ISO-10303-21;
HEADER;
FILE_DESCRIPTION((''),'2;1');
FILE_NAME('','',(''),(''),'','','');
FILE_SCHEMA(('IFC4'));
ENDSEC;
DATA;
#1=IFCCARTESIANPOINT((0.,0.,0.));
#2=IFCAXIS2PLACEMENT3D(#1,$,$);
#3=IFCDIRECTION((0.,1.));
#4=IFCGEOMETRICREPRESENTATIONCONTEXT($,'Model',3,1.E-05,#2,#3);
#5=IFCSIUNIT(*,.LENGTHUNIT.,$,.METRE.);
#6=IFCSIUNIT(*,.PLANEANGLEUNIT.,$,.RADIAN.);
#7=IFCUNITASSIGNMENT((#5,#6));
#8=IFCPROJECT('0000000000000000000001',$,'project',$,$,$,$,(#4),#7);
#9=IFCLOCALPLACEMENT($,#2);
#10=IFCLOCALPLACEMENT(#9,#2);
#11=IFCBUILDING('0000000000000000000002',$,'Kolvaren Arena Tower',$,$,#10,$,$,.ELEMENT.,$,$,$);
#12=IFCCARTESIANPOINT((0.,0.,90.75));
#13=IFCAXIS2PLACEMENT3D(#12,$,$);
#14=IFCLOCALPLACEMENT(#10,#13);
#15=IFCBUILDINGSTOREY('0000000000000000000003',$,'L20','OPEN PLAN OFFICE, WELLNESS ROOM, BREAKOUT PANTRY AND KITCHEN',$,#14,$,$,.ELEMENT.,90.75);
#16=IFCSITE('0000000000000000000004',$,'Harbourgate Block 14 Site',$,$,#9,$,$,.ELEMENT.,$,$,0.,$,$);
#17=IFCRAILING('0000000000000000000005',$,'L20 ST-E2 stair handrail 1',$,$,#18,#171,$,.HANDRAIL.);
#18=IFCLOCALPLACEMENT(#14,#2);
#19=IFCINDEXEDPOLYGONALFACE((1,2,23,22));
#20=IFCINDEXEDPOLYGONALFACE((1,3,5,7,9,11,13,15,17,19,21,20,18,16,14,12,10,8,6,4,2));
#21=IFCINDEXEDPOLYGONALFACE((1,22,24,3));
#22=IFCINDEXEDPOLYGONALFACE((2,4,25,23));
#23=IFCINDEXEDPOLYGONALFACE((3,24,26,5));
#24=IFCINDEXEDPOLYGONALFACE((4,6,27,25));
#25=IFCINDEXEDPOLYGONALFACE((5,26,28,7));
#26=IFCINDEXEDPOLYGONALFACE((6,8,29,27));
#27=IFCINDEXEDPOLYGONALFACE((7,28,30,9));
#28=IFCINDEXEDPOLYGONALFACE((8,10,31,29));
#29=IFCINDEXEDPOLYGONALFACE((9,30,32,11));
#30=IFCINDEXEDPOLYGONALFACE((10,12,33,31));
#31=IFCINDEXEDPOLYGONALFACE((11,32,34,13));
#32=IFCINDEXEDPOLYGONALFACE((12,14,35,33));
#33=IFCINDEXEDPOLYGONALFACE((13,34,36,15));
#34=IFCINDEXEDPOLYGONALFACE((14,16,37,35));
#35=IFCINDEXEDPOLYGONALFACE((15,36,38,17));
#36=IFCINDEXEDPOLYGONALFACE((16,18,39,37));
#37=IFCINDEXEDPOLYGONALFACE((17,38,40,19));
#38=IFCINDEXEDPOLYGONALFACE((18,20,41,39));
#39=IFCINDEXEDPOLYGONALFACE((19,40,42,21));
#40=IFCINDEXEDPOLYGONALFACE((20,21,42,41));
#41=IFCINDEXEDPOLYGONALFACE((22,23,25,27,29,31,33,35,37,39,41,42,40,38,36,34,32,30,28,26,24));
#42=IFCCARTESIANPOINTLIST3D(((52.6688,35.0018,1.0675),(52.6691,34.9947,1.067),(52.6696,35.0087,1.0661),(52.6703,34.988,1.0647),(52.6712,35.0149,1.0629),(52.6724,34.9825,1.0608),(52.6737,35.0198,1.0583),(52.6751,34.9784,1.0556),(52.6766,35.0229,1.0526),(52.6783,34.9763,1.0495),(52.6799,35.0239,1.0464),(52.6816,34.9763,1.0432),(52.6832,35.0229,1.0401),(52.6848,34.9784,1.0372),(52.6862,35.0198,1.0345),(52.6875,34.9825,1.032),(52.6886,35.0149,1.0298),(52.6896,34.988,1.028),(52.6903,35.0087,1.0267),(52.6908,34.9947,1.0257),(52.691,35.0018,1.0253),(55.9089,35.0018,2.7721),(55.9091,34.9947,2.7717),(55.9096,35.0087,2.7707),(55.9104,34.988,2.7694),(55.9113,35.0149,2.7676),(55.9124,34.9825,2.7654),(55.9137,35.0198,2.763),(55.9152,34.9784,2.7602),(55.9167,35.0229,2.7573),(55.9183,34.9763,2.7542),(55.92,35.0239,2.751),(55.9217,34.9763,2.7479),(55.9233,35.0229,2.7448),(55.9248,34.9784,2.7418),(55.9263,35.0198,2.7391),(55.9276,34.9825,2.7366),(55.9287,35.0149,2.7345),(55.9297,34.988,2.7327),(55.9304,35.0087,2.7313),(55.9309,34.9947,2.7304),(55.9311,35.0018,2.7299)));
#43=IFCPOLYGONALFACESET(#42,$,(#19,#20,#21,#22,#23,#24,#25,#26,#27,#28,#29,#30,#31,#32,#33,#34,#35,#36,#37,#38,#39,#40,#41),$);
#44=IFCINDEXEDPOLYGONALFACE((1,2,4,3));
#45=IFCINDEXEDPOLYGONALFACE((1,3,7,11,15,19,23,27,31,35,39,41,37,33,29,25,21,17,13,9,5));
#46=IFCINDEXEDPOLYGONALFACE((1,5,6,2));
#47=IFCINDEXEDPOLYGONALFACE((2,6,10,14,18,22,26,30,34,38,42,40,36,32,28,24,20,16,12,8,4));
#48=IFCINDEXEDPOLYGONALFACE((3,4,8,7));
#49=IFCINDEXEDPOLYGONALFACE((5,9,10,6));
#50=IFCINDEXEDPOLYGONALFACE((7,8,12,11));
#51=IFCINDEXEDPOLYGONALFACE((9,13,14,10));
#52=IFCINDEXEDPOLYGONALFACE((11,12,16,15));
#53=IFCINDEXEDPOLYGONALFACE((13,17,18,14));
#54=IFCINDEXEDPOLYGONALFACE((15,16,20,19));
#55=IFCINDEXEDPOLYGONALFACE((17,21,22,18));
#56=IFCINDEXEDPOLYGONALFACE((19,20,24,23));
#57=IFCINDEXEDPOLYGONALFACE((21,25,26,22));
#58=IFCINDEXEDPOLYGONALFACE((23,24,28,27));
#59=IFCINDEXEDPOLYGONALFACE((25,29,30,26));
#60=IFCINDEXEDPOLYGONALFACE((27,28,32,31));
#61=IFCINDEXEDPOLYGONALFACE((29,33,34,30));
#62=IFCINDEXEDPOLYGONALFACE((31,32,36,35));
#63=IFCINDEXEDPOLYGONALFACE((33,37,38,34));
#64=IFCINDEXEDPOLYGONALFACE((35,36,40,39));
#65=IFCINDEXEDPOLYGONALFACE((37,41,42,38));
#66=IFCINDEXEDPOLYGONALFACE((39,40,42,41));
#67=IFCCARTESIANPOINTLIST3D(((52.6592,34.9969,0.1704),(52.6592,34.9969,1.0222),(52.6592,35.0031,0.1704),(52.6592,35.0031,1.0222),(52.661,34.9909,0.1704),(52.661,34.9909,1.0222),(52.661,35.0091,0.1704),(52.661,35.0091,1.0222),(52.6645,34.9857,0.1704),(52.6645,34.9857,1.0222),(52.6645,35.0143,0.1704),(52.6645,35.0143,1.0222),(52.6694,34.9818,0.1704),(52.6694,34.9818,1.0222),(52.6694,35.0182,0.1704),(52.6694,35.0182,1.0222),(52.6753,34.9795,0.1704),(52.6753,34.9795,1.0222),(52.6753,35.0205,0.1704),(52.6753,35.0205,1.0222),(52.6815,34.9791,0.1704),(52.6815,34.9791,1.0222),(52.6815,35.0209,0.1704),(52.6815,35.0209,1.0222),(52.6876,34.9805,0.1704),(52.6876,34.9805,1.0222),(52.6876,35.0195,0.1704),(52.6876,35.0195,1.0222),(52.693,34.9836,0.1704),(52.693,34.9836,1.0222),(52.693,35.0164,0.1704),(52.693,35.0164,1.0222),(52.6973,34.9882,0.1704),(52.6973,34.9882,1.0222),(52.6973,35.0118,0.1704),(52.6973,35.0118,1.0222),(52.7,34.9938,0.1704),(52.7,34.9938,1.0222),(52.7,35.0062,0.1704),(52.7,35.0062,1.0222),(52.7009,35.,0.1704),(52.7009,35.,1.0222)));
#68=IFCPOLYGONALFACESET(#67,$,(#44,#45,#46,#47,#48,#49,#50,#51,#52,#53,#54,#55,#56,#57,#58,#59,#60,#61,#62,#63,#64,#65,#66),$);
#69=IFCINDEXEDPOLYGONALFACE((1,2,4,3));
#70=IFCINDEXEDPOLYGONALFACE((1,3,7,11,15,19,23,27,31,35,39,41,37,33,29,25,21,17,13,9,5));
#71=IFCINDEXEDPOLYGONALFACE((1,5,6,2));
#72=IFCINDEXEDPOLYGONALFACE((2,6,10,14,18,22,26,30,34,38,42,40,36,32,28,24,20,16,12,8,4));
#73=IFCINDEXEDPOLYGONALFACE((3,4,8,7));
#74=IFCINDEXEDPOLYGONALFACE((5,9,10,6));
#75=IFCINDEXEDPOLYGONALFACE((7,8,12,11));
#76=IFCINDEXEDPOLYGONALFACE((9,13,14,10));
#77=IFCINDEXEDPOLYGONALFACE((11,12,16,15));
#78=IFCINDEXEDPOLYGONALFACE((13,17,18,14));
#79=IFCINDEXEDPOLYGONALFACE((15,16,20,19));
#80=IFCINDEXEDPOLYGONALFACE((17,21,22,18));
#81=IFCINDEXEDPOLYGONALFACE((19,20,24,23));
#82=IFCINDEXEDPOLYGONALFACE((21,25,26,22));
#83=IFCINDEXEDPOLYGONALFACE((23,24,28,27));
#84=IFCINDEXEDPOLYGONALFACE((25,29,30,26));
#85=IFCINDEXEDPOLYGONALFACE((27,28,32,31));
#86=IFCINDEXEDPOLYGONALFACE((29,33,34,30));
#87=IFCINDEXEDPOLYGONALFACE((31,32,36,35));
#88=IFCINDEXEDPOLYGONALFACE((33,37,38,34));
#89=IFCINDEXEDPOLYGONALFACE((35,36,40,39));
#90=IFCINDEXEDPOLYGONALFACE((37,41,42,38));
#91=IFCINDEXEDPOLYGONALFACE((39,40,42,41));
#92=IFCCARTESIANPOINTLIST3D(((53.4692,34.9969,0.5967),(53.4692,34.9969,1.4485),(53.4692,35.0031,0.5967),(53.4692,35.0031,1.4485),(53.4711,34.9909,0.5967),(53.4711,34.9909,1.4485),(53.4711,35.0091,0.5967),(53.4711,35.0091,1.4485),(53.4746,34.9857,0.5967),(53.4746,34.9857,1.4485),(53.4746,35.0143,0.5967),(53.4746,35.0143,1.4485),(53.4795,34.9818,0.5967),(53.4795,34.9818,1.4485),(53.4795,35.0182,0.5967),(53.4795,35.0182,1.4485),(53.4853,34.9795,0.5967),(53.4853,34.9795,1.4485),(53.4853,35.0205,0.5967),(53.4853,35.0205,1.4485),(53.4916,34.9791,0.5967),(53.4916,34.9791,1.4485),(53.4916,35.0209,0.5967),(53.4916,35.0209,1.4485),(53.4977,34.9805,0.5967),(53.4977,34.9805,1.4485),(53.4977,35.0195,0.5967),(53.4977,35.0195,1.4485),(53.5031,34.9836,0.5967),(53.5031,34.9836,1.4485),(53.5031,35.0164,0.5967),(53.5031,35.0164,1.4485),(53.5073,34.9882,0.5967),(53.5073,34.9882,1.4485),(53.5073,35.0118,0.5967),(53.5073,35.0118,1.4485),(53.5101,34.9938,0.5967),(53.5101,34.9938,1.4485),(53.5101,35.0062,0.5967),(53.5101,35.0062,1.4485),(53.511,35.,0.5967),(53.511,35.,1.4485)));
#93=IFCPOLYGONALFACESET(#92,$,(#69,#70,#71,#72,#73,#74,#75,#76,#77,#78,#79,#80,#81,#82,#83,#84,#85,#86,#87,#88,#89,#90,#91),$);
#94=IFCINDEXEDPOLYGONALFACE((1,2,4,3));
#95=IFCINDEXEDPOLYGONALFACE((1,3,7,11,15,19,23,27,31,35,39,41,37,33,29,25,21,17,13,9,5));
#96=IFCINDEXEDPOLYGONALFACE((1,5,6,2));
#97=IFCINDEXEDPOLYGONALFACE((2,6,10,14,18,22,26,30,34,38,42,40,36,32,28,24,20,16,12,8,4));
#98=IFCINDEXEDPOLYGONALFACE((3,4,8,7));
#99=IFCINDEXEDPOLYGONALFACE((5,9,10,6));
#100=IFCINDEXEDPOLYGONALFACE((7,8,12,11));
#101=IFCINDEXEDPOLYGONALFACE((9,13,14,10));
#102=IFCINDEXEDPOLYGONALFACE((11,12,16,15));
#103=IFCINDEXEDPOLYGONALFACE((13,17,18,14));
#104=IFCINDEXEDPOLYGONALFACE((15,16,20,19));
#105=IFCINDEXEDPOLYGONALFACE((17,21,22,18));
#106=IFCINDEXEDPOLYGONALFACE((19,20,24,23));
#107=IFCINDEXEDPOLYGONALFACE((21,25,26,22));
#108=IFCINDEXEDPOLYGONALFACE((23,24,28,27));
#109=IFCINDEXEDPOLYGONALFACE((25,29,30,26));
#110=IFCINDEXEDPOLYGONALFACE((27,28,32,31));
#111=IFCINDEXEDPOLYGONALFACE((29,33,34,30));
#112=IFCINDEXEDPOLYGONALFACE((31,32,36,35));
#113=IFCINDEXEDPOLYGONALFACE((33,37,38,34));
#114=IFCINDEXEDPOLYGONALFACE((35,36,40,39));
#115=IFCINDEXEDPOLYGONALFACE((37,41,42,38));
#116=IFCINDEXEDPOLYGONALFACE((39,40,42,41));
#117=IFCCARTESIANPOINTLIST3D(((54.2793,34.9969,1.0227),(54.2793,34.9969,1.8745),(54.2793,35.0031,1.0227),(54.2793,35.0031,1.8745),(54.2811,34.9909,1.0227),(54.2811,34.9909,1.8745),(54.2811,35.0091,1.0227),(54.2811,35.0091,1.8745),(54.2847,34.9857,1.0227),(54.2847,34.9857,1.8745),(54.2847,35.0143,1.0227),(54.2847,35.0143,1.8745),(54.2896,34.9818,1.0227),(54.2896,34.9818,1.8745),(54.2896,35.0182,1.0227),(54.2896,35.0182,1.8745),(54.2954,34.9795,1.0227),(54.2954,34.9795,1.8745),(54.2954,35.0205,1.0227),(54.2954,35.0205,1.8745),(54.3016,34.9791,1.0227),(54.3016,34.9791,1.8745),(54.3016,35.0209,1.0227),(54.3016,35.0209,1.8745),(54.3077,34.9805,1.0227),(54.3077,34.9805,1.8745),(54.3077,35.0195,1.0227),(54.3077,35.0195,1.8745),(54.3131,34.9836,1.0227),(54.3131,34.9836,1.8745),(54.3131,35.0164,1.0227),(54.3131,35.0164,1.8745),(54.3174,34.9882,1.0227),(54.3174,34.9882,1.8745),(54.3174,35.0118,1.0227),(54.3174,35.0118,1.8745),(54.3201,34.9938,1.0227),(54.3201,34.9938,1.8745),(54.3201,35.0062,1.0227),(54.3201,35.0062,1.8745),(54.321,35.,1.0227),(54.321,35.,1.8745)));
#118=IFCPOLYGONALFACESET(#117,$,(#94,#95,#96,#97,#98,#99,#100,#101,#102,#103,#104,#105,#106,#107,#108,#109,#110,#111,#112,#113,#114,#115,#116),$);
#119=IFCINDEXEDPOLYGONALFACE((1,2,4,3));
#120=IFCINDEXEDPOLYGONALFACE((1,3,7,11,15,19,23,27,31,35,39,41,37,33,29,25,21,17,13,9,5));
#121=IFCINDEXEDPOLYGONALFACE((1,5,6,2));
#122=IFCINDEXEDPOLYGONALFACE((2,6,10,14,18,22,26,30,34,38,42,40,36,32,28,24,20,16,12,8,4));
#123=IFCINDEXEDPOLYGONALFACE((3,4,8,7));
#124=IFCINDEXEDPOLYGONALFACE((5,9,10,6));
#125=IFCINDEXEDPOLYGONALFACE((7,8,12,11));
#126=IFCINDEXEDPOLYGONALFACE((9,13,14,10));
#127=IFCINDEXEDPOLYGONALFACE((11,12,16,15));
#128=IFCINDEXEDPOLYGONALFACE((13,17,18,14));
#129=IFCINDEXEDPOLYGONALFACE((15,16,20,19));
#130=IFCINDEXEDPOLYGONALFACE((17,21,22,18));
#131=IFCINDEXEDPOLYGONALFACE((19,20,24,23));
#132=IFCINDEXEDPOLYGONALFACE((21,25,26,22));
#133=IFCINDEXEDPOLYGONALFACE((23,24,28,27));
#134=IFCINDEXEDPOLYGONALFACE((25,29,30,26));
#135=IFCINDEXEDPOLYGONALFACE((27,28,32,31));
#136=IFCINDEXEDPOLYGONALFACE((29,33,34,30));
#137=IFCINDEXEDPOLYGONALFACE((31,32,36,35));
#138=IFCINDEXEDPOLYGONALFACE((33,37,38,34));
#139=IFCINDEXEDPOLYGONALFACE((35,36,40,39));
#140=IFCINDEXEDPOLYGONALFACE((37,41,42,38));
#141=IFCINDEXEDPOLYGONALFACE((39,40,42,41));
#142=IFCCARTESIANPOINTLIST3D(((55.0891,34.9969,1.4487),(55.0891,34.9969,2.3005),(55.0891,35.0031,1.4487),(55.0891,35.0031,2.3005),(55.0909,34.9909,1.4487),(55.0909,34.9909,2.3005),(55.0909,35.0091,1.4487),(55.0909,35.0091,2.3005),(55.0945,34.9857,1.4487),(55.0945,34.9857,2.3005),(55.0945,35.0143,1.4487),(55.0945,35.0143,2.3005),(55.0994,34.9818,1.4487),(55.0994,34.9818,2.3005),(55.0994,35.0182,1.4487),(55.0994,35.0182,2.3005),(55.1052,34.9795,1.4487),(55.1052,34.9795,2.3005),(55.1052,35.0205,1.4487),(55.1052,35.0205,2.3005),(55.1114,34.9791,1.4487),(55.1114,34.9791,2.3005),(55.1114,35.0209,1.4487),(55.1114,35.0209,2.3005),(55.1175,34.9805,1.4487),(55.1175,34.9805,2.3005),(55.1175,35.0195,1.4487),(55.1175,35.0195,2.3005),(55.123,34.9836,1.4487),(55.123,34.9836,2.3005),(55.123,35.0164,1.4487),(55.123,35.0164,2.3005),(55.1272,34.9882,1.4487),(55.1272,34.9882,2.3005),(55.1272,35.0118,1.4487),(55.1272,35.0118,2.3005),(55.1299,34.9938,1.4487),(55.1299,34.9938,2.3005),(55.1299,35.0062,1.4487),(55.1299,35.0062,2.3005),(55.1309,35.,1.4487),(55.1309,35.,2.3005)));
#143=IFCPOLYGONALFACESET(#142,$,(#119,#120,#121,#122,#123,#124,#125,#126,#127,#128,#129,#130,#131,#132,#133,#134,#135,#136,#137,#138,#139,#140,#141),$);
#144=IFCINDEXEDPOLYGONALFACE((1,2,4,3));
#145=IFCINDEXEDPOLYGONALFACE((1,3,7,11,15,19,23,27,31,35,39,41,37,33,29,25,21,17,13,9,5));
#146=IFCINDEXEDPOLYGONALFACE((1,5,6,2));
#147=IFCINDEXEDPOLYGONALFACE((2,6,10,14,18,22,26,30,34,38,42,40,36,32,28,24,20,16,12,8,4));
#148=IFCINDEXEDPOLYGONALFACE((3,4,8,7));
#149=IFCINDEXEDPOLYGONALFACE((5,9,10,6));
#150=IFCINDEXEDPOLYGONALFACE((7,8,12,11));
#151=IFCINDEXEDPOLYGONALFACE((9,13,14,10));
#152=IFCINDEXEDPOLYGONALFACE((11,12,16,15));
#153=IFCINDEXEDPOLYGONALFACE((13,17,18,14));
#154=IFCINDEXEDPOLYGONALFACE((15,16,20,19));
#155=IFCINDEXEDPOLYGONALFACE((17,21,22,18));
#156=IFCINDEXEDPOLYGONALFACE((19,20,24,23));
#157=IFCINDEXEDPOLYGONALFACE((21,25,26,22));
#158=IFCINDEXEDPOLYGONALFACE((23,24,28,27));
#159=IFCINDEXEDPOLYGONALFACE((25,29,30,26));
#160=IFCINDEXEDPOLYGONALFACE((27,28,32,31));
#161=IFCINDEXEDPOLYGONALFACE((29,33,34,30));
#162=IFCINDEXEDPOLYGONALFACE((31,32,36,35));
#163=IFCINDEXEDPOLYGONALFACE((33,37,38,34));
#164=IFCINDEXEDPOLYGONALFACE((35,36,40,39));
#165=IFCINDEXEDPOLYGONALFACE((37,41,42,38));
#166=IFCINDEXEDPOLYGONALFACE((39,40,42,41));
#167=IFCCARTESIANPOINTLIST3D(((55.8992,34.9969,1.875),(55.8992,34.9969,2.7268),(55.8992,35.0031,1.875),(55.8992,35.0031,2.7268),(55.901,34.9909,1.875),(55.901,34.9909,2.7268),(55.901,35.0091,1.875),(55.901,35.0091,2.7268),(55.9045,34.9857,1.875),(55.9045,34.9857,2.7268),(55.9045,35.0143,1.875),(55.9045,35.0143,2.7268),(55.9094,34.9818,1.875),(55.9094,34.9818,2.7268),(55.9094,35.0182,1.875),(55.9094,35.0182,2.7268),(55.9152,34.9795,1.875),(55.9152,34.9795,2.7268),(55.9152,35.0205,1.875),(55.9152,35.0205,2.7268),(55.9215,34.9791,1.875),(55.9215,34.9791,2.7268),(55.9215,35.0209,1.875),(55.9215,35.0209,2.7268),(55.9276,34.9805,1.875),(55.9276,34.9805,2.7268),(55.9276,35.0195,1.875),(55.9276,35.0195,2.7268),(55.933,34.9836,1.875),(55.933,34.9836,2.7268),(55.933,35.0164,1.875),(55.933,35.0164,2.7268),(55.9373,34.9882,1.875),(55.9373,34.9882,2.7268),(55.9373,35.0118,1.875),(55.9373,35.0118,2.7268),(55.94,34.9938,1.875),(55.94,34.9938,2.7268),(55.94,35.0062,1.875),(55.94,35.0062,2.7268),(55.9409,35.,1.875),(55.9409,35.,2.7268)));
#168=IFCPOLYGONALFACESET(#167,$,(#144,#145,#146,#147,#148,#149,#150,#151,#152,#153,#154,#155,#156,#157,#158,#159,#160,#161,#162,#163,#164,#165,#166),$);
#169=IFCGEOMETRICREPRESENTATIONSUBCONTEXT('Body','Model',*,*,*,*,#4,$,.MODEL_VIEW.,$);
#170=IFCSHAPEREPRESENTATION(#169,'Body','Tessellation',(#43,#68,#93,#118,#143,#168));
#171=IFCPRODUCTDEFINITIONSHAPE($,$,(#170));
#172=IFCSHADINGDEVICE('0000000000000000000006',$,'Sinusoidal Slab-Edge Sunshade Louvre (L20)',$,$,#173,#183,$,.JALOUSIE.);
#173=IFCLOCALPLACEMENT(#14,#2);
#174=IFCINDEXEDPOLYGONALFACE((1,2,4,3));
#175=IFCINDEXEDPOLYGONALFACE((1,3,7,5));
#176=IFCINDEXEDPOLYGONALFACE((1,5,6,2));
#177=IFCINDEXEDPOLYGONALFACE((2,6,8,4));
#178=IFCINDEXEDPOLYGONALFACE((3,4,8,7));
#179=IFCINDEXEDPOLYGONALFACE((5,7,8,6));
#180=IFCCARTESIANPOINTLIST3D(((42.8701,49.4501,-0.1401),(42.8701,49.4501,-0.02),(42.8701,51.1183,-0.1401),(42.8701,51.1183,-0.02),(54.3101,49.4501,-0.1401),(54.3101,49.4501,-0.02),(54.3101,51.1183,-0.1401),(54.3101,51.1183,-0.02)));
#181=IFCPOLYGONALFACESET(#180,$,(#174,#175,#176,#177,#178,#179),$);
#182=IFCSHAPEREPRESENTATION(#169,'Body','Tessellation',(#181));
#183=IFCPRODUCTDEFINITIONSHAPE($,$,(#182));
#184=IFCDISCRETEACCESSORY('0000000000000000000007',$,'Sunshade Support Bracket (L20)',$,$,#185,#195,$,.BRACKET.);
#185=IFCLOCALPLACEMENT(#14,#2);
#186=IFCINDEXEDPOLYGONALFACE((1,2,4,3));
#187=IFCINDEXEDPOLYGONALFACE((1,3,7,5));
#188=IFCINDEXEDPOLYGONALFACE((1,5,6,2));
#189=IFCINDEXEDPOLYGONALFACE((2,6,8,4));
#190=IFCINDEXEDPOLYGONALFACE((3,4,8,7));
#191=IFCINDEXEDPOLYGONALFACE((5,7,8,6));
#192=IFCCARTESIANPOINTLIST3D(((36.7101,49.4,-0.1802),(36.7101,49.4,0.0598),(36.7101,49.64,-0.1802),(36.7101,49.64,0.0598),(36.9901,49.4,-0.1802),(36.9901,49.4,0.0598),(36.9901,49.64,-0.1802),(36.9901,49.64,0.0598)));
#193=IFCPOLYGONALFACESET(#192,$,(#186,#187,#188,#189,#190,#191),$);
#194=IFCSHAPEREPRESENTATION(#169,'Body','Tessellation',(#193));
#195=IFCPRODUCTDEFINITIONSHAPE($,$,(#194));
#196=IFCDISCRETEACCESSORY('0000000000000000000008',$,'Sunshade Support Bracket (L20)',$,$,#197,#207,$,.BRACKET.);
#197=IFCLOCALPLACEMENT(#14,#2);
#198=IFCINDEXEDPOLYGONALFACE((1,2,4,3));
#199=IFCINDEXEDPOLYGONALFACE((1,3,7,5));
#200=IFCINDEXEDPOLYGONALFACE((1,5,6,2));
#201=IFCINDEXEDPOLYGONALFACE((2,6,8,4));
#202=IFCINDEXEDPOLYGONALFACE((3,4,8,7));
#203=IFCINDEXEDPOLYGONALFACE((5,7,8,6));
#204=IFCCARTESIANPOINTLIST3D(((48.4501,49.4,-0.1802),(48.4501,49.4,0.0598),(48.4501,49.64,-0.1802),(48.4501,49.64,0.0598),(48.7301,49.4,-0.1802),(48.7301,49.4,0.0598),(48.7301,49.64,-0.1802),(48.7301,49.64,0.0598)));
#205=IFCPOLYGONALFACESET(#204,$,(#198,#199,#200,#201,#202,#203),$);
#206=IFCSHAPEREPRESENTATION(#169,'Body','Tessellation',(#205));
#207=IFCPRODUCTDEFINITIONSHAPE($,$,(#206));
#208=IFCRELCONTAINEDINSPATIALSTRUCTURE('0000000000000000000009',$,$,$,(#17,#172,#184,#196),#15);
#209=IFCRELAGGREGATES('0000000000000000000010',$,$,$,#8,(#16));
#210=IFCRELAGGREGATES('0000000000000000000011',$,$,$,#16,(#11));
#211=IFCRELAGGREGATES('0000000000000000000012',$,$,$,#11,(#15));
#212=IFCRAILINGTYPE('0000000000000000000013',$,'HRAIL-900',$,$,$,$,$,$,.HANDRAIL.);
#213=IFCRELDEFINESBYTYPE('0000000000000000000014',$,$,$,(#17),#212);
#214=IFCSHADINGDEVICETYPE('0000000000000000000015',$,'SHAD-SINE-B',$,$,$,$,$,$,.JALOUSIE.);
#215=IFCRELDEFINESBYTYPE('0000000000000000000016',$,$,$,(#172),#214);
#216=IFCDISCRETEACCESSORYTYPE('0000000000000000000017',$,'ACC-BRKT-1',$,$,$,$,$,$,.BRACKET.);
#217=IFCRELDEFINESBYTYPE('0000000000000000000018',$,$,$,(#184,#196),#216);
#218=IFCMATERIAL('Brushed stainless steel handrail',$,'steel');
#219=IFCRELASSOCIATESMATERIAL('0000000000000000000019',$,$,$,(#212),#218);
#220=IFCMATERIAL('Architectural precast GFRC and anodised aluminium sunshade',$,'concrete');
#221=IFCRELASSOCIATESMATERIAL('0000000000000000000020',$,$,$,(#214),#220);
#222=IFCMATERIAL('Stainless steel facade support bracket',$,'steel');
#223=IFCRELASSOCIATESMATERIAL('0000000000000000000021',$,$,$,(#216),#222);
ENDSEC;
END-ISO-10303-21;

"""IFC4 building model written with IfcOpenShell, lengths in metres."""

from ifc_helpers import new_model, si_unit, direction, frame, origin, origin_2d, place, context, subcontext, project, spatial, rectangle, circle, extrude, material, type_object, element, save


model = new_model("IFC4")

# Units and contexts
model_context = context("Model", 3, precision=1e-05, world=origin(), true_north=direction((0.0, 1.0)))
body_context = subcontext(model_context, "Body", "Model", "MODEL_VIEW")
ifc_project = project(units=[si_unit("LENGTHUNIT", "METRE"), si_unit("PLANEANGLEUNIT", "RADIAN")], contexts=[model_context])

# Site, building, storey
site_placement = place(None, origin())
site = spatial("IfcSite", under=ifc_project, at=site_placement, Name="Harbourgate Block 14 Site", CompositionType="ELEMENT", RefElevation=0.0)
building_placement = place(site_placement, origin())
building = spatial("IfcBuilding", under=site, at=building_placement, Name="Kolvaren Arena Tower", CompositionType="ELEMENT")
storey_placement = place(building_placement, frame((0.0, 0.0, 90.75)))
storey = spatial("IfcBuildingStorey", under=building, at=storey_placement, Name="L20", Description="OPEN PLAN OFFICE, WELLNESS ROOM, BREAKOUT PANTRY AND KITCHEN", CompositionType="ELEMENT", Elevation=90.75)

# Railing
ifc_material_1 = material(Name="Brushed stainless steel handrail", Category="steel")
railing_type_1 = type_object("IfcRailingType", Name="HRAIL-900", PredefinedType="HANDRAIL", material=ifc_material_1)
railing_1_placement = place(storey_placement, frame((52.6799, 35.0, 0.1704)))
element("IfcRailing", 1, at=railing_1_placement, inside=storey, type_object=railing_type_1, Name="L20 ST-E2 stair handrail 1", PredefinedType="HANDRAIL", context=body_context, shape_type="SweptSolid", body=[
    extrude(circle(Radius=0.0239, at=origin_2d()), frame((0.0, 0.0, 0.876), z_axis=(0.884993, 0.0, 0.465604), x_axis=(0.0, 1.0, 0.0)), (0.0, 0.0, 1.0), 3.6611),
    extrude(circle(Radius=0.021, at=origin_2d()), origin(), (0.0, 0.0, 1.0), 0.8518),
    extrude(circle(Radius=0.021, at=origin_2d()), frame((0.8101, 0.0, 0.4263)), (0.0, 0.0, 1.0), 0.8518),
    extrude(circle(Radius=0.021, at=origin_2d()), frame((1.6201, 0.0, 0.8523)), (0.0, 0.0, 1.0), 0.8518),
    extrude(circle(Radius=0.021, at=origin_2d()), frame((2.4299, 0.0, 1.2783)), (0.0, 0.0, 1.0), 0.8518),
    extrude(circle(Radius=0.021, at=origin_2d()), frame((3.24, 0.0, 1.7046)), (0.0, 0.0, 1.0), 0.8518),
])

# Shading device
ifc_material_2 = material(Name="Architectural precast GFRC and anodised aluminium sunshade", Category="concrete")
shading_device_type = type_object("IfcShadingDeviceType", Name="SHAD-SINE-B", PredefinedType="JALOUSIE", material=ifc_material_2)
shading_device_placement = place(storey_placement, frame((48.5901, 50.2842, -0.1401), z_axis=(0.0, 0.0, 1.0), x_axis=(1.0, 0.0, 0.0)))
element("IfcShadingDevice", 2, at=shading_device_placement, inside=storey, type_object=shading_device_type, Name="Sinusoidal Slab-Edge Sunshade Louvre (L20)", PredefinedType="JALOUSIE", context=body_context, shape_type="SweptSolid", body=[
    extrude(rectangle(XDim=11.4399, YDim=1.6682, at=origin_2d()), origin(), (0.0, 0.0, 1.0), 0.1201),
])

# Discrete accessories
ifc_material_3 = material(Name="Stainless steel facade support bracket", Category="steel")
discrete_accessory_type = type_object("IfcDiscreteAccessoryType", Name="ACC-BRKT-1", PredefinedType="BRACKET", material=ifc_material_3)
for number, where, z_axis, x_axis, name in (
    (3, (36.8501, 49.52, -0.1802), (0.0, 0.0, 1.0), (1.0, 0.0, 0.0), "Sunshade Support Bracket (L20)"),
    (4, (48.5901, 49.52, -0.1802), (0.0, 0.0, 1.0), (1.0, 0.0, 0.0), "Sunshade Support Bracket (L20)"),
):
    element("IfcDiscreteAccessory", number, at=place(storey_placement, frame(where, z_axis=z_axis, x_axis=x_axis)), inside=storey, type_object=discrete_accessory_type, Name=name, PredefinedType="BRACKET", context=body_context, shape_type="SweptSolid", body=[
        extrude(rectangle(XDim=0.28, YDim=0.24, at=origin_2d()), origin(), (0.0, 0.0, 1.0), 0.24),
    ])

save(model, "model.ifc")
